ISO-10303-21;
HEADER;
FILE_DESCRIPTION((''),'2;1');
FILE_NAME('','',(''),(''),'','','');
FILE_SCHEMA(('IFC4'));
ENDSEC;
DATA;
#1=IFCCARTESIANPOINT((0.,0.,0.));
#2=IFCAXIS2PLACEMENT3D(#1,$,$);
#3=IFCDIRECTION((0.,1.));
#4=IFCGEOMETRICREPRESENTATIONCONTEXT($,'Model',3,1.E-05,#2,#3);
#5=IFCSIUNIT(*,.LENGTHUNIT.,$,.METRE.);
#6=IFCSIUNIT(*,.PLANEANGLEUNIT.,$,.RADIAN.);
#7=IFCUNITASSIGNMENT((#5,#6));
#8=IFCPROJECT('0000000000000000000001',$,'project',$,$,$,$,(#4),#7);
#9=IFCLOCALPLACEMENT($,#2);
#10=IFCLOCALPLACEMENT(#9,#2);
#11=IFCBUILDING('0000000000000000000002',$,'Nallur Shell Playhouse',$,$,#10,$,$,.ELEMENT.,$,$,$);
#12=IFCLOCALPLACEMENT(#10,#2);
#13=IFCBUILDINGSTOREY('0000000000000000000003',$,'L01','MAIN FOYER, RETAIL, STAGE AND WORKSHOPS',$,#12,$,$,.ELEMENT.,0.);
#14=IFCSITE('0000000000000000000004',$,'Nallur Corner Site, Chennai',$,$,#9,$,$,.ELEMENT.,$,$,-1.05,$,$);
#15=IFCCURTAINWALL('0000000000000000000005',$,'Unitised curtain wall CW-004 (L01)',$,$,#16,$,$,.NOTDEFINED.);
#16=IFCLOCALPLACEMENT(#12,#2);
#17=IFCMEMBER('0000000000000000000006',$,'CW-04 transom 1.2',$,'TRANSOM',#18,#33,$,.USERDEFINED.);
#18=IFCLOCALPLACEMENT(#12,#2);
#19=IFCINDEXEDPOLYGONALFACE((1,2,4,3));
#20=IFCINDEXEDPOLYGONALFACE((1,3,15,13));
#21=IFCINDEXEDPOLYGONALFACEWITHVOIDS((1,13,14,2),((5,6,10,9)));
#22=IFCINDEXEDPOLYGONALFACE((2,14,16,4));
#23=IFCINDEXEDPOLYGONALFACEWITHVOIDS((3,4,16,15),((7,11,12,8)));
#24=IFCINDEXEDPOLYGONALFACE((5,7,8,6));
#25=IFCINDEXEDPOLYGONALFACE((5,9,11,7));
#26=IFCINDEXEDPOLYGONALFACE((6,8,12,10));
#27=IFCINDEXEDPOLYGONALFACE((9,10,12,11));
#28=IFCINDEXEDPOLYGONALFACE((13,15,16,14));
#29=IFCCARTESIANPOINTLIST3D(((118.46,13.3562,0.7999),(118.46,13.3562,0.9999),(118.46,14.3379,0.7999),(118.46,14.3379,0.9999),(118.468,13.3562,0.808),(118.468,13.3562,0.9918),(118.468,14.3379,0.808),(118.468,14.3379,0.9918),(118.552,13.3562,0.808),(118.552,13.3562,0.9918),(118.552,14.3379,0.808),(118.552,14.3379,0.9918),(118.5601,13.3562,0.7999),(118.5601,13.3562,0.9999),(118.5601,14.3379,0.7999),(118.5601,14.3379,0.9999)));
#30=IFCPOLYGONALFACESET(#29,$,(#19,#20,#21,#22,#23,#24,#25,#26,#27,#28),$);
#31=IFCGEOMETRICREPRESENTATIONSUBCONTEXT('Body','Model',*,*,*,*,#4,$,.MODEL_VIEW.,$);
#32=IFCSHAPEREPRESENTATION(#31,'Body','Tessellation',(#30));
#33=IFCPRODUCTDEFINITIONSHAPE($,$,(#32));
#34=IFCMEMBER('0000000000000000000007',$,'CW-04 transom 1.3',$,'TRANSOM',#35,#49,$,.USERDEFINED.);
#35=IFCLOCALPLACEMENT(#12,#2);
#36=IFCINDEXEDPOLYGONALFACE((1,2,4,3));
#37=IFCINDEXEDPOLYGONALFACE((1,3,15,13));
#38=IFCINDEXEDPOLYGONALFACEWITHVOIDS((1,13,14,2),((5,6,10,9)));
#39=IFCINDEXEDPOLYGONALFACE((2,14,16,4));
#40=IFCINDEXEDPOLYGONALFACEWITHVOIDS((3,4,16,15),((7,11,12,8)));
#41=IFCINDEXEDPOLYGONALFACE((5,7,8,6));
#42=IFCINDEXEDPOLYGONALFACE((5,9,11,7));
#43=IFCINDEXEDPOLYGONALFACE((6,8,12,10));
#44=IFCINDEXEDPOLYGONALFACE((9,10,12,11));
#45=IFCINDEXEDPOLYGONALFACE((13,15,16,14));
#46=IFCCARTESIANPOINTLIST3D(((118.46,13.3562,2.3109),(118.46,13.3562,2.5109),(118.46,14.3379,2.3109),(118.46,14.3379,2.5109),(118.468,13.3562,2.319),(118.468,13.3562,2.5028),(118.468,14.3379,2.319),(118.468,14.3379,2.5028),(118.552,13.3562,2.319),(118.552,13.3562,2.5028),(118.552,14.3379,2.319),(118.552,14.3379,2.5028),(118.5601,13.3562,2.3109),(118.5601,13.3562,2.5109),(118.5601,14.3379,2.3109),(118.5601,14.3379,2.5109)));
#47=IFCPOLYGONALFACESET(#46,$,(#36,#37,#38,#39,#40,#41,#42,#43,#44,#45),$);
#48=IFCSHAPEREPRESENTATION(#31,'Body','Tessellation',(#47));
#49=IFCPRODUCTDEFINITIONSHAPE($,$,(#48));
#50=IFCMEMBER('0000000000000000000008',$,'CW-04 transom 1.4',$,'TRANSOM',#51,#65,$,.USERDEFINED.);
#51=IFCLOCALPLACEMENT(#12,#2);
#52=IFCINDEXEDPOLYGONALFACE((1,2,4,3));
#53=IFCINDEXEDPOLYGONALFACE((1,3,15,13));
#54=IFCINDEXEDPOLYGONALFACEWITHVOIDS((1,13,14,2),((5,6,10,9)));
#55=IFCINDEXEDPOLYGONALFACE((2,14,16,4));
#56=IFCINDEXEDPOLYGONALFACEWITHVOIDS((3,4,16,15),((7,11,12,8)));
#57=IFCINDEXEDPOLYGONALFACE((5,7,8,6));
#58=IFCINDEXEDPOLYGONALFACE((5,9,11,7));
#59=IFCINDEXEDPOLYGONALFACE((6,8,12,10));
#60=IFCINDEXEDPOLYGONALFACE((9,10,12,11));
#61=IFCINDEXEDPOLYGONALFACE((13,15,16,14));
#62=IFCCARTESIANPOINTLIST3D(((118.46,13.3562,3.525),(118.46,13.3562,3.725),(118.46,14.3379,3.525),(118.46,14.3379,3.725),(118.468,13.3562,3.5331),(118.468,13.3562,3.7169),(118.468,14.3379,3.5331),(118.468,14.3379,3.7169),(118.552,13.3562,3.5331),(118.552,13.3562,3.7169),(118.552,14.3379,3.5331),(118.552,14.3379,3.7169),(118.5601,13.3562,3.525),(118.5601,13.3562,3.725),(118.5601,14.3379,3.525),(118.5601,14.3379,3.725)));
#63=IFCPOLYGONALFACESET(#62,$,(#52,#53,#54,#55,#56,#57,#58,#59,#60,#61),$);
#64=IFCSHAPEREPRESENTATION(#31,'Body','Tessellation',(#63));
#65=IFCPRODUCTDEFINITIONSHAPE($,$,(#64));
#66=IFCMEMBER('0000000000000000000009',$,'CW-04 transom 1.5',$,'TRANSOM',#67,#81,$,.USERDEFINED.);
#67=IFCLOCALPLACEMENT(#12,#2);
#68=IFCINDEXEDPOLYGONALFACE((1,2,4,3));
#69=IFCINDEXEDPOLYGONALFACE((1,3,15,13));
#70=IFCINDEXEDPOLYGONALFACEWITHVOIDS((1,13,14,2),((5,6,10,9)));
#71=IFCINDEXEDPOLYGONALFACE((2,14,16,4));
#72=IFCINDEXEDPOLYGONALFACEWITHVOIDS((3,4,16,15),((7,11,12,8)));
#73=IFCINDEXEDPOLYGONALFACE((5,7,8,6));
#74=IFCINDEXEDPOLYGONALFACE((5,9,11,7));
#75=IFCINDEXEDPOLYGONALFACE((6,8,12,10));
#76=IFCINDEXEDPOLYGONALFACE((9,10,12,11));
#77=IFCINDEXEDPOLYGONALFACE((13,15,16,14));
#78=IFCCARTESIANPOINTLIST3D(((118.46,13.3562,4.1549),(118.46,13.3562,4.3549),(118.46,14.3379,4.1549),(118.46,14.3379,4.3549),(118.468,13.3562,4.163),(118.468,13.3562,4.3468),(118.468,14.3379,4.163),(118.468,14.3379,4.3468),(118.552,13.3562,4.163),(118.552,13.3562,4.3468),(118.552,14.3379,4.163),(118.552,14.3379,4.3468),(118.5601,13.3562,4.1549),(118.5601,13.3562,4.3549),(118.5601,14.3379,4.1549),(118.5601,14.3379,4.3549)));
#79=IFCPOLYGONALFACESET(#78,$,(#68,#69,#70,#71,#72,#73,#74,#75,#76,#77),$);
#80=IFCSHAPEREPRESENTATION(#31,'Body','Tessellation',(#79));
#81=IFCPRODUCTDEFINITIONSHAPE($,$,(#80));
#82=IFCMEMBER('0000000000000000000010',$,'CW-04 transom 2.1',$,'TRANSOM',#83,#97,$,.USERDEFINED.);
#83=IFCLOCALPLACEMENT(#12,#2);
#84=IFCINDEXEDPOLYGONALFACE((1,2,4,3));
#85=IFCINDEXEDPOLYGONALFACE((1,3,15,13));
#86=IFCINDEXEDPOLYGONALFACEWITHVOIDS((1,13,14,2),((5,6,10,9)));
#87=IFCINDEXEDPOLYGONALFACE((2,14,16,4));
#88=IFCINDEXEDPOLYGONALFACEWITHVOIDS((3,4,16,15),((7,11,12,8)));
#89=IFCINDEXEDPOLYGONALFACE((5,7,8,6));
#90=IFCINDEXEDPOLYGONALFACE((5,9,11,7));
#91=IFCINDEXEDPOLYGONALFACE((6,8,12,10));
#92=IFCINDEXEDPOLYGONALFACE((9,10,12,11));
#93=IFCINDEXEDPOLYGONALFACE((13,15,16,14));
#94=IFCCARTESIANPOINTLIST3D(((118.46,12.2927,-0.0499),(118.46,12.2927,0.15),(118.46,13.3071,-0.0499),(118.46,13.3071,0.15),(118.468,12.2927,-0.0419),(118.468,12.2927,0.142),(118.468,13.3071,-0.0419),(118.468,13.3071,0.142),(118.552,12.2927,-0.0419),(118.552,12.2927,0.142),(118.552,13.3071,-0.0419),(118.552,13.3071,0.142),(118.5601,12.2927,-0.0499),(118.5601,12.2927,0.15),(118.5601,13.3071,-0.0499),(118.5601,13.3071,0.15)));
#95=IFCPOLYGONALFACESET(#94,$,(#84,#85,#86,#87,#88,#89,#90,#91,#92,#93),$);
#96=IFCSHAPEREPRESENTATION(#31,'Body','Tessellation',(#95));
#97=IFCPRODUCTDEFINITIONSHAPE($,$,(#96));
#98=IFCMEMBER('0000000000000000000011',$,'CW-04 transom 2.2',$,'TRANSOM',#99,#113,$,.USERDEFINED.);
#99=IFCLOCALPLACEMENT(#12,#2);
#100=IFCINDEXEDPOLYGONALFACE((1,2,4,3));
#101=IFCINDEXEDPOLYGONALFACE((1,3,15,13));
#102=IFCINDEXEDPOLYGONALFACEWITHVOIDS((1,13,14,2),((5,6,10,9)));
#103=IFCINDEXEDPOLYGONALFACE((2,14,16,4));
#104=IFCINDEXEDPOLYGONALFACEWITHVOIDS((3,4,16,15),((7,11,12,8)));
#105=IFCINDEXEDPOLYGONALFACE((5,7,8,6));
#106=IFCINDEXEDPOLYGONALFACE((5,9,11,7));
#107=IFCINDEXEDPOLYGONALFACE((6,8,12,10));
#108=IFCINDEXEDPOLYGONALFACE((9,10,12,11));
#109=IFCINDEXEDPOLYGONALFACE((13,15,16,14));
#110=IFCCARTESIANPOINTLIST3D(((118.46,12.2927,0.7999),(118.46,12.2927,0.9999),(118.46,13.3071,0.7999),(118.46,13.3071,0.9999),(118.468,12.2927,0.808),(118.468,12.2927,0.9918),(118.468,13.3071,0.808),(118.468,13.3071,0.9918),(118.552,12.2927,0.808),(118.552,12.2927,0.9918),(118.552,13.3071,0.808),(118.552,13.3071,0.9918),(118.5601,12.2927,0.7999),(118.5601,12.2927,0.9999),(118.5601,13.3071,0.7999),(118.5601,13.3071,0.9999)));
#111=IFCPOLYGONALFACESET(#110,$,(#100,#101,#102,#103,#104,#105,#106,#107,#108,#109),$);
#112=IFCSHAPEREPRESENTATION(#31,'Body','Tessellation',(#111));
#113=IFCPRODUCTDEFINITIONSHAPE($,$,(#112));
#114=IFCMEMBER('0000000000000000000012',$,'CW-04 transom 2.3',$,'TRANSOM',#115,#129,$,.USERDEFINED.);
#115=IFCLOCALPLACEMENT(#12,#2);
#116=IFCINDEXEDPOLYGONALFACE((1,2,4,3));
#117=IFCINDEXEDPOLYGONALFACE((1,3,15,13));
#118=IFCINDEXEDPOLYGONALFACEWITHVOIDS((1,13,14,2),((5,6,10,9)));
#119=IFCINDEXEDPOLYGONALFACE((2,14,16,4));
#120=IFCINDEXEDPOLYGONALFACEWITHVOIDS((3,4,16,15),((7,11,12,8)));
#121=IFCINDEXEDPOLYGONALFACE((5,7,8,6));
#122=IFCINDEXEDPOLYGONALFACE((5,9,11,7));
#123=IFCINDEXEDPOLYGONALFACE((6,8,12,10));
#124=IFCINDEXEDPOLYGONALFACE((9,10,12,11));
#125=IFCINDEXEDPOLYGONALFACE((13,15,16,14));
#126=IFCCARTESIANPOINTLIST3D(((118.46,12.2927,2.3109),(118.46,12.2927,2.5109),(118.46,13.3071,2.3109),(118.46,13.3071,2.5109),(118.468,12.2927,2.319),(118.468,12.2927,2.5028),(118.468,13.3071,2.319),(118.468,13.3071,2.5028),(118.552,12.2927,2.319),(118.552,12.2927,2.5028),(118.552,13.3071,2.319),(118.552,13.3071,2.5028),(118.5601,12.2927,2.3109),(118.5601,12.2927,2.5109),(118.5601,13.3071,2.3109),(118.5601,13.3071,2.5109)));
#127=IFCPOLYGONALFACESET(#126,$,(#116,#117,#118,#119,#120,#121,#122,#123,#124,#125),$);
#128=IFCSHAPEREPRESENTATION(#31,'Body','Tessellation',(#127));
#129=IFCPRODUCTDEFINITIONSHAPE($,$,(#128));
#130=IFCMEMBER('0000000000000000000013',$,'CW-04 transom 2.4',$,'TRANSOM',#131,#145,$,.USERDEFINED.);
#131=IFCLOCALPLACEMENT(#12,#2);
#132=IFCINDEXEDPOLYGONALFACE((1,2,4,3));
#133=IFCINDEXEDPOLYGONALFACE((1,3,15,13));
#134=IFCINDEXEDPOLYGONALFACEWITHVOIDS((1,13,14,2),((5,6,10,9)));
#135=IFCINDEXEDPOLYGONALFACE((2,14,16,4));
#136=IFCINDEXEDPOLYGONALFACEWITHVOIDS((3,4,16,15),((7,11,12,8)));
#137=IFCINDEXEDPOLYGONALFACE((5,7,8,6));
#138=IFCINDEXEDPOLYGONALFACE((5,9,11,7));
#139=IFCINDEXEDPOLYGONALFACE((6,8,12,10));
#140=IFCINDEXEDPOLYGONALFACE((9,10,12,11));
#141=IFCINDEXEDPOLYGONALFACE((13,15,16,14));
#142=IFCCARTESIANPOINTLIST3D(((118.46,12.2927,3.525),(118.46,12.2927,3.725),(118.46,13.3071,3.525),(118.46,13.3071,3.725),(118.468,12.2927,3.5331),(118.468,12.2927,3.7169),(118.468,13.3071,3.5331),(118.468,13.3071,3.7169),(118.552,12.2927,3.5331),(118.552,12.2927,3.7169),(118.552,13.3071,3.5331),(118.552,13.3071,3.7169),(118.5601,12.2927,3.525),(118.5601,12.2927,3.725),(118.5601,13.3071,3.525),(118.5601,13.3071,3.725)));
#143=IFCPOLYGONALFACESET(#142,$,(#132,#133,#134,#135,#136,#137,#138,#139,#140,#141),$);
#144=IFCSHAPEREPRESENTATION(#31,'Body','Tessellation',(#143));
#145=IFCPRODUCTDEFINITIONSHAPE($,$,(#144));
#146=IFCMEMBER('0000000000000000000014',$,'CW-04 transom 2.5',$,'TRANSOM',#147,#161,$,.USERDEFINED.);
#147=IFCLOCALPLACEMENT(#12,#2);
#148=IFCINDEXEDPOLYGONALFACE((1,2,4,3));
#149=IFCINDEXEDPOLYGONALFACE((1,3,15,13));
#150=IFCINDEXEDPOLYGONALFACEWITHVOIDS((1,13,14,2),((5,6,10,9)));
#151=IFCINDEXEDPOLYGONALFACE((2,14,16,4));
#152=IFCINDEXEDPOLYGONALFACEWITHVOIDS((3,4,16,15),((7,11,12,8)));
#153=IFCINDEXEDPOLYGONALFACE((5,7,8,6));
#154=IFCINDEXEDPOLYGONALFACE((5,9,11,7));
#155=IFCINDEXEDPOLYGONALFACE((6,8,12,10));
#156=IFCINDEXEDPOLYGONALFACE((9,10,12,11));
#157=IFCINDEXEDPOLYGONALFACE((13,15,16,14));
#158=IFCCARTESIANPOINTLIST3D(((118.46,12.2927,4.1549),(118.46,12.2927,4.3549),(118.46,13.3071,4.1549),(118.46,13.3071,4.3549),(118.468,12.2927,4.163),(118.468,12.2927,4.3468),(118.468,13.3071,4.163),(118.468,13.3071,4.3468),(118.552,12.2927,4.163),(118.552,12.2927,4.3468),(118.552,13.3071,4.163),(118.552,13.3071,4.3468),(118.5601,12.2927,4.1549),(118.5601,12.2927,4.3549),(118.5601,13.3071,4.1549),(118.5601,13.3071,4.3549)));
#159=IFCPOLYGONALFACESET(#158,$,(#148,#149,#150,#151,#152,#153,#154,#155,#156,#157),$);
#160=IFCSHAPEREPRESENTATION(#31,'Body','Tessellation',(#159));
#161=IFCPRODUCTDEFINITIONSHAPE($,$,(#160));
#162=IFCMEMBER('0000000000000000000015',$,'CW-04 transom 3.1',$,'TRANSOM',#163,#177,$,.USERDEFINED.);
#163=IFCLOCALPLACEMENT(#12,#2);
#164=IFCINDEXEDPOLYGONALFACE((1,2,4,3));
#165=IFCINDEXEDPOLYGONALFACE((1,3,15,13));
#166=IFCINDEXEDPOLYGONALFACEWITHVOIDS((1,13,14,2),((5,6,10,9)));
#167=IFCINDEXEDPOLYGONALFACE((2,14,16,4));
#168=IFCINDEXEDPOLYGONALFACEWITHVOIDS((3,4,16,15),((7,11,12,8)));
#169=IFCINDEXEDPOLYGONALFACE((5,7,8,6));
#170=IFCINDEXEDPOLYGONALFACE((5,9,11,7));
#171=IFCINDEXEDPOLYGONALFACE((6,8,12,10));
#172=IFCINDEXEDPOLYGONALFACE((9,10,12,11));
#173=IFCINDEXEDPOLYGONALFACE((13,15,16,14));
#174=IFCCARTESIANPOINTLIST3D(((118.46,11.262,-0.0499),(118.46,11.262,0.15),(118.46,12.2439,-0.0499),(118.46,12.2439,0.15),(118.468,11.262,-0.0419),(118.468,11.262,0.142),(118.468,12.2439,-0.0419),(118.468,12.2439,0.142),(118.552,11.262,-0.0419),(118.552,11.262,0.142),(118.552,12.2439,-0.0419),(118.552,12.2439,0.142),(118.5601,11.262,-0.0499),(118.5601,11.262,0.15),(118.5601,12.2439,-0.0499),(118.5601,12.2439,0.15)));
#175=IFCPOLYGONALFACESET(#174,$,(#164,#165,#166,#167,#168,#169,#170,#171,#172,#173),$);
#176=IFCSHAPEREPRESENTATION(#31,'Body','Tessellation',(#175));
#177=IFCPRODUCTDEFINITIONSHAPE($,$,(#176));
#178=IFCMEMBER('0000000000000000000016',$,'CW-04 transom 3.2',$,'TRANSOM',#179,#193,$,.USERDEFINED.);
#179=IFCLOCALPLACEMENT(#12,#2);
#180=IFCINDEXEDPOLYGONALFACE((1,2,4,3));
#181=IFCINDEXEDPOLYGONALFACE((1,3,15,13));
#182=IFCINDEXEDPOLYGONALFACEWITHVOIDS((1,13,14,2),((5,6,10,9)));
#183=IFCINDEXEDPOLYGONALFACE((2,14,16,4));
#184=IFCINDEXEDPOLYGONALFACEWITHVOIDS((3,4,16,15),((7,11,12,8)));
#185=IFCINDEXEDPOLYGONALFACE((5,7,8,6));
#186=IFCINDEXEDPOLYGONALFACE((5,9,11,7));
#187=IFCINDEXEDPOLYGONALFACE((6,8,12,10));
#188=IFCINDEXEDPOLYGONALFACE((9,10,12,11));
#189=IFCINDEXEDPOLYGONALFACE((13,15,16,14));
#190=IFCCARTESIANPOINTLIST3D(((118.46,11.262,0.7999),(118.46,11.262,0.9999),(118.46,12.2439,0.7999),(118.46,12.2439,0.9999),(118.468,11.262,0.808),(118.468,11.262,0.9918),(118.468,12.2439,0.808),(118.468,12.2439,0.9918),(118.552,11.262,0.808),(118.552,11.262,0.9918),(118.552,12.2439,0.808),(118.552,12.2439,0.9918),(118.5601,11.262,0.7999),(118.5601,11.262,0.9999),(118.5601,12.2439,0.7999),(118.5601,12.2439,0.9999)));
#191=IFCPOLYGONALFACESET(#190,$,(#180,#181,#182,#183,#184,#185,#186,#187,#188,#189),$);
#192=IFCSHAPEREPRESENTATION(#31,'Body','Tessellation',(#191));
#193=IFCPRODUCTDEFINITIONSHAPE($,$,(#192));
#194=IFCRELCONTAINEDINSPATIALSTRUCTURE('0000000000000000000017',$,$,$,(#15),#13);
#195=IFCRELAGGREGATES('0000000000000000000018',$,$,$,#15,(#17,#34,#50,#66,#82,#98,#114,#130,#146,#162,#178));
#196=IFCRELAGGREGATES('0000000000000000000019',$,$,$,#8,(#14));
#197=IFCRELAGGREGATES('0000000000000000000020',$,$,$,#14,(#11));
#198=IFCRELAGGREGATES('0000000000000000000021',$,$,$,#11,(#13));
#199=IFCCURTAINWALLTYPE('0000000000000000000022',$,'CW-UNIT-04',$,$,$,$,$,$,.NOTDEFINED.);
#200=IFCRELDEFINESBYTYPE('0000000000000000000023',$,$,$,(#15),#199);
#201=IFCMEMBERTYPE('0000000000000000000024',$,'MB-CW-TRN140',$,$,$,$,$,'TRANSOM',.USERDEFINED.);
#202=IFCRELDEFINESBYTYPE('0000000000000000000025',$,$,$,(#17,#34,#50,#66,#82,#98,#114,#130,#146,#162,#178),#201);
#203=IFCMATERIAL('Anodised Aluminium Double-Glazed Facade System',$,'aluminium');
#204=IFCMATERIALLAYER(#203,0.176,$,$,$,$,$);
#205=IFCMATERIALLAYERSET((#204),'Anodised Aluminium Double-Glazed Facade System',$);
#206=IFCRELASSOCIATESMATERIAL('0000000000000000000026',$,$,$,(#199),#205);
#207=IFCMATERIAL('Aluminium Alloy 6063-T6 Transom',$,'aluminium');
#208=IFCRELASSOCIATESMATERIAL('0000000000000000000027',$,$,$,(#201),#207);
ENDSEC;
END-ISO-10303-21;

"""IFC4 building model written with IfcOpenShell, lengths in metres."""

from ifc_helpers import new_model, si_unit, direction, frame, origin, origin_2d, place, context, subcontext, project, spatial, hollow_rectangle, extrude, material, layer, layer_set, material_profile, profile_set, type_object, element, aggregate, save


model = new_model("IFC4")

# Units and contexts
model_context = context("Model", 3, precision=1e-05, world=origin(), true_north=direction((0.0, 1.0)))
body_context = subcontext(model_context, "Body", "Model", "MODEL_VIEW")
ifc_project = project(units=[si_unit("LENGTHUNIT", "METRE"), si_unit("PLANEANGLEUNIT", "RADIAN")], contexts=[model_context])

# Site, building, storey
site_placement = place(None, origin())
site = spatial("IfcSite", under=ifc_project, at=site_placement, Name="Nallur Corner Site, Chennai", CompositionType="ELEMENT", RefElevation=-1.05)
building_placement = place(site_placement, origin())
building = spatial("IfcBuilding", under=site, at=building_placement, Name="Nallur Shell Playhouse", CompositionType="ELEMENT")
storey_placement = place(building_placement, origin())
storey = spatial("IfcBuildingStorey", under=building, at=storey_placement, Name="L01", Description="MAIN FOYER, RETAIL, STAGE AND WORKSHOPS", CompositionType="ELEMENT", Elevation=0.0)

# Curtain wall
ifc_material_1 = material(Name="Anodised Aluminium Double-Glazed Facade System", Category="aluminium")
ifc_layer_1 = layer(ifc_material_1, 0.176)
ifc_layer_set_1 = layer_set([ifc_layer_1], Name="Anodised Aluminium Double-Glazed Facade System")
curtain_wall_type_1 = type_object("IfcCurtainWallType", Name="CW-UNIT-04", PredefinedType="NOTDEFINED", material=ifc_layer_set_1)
curtain_wall_1_placement = place(storey_placement, origin())
curtain_wall_1 = element("IfcCurtainWall", 1, at=curtain_wall_1_placement, inside=storey, type_object=curtain_wall_type_1, Name="Unitised curtain wall CW-004 (L01)", PredefinedType="NOTDEFINED")
ifc_material_2 = material(Name="Aluminium Alloy 6063-T6 Transom", Category="aluminium")

# Members
ifc_material_profile_1 = material_profile(ifc_material_2, hollow_rectangle(XDim=0.1001, YDim=0.2, WallThickness=0.0081, at=origin_2d()), Name="RHS 200x100x8")
ifc_profile_set_1 = profile_set([ifc_material_profile_1], Name="Aluminium Alloy 6063-T6 Transom")
member_type_1 = type_object("IfcMemberType", Name="MB-CW-TRN140", ElementType="TRANSOM", PredefinedType="USERDEFINED", material=ifc_profile_set_1)
member_1_placement = place(storey_placement, frame((118.51, 14.3379, 0.8999), z_axis=(0.0, -1.0, 0.0), x_axis=(1.0, 0.0, 0.0)))
member_1 = element("IfcMember", 2, at=member_1_placement, type_object=member_type_1, Name="CW-04 transom 1.2", ObjectType="TRANSOM", PredefinedType="USERDEFINED", context=body_context, shape_type="SweptSolid", body=[
    extrude(hollow_rectangle(XDim=0.1001, YDim=0.2, WallThickness=0.0081, at=origin_2d()), origin(), (0.0, 0.0, 1.0), 0.9817),
])
member_2_placement = place(storey_placement, frame((118.51, 14.3379, 2.4109), z_axis=(0.0, -1.0, 0.0), x_axis=(1.0, 0.0, 0.0)))
member_2 = element("IfcMember", 3, at=member_2_placement, type_object=member_type_1, Name="CW-04 transom 1.3", ObjectType="TRANSOM", PredefinedType="USERDEFINED", context=body_context, shape_type="SweptSolid", body=[
    extrude(hollow_rectangle(XDim=0.1001, YDim=0.2, WallThickness=0.0081, at=origin_2d()), origin(), (0.0, 0.0, 1.0), 0.9817),
])
member_3_placement = place(storey_placement, frame((118.51, 14.3379, 3.625), z_axis=(0.0, -1.0, 0.0), x_axis=(1.0, 0.0, 0.0)))
member_3 = element("IfcMember", 4, at=member_3_placement, type_object=member_type_1, Name="CW-04 transom 1.4", ObjectType="TRANSOM", PredefinedType="USERDEFINED", context=body_context, shape_type="SweptSolid", body=[
    extrude(hollow_rectangle(XDim=0.1001, YDim=0.2, WallThickness=0.0081, at=origin_2d()), origin(), (0.0, 0.0, 1.0), 0.9817),
])
member_4_placement = place(storey_placement, frame((118.51, 14.3379, 4.2549), z_axis=(0.0, -1.0, 0.0), x_axis=(1.0, 0.0, 0.0)))
member_4 = element("IfcMember", 5, at=member_4_placement, type_object=member_type_1, Name="CW-04 transom 1.5", ObjectType="TRANSOM", PredefinedType="USERDEFINED", context=body_context, shape_type="SweptSolid", body=[
    extrude(hollow_rectangle(XDim=0.1001, YDim=0.2, WallThickness=0.0081, at=origin_2d()), origin(), (0.0, 0.0, 1.0), 0.9817),
])
member_5_placement = place(storey_placement, frame((118.51, 13.3071, 0.05), z_axis=(0.0, -1.0, 0.0), x_axis=(1.0, 0.0, 0.0)))
member_5 = element("IfcMember", 6, at=member_5_placement, type_object=member_type_1, Name="CW-04 transom 2.1", ObjectType="TRANSOM", PredefinedType="USERDEFINED", context=body_context, shape_type="SweptSolid", body=[
    extrude(hollow_rectangle(XDim=0.1001, YDim=0.2, WallThickness=0.0081, at=origin_2d()), origin(), (0.0, 0.0, 1.0), 1.0144),
])
member_6_placement = place(storey_placement, frame((118.51, 13.3071, 0.8999), z_axis=(0.0, -1.0, 0.0), x_axis=(1.0, 0.0, 0.0)))
member_6 = element("IfcMember", 7, at=member_6_placement, type_object=member_type_1, Name="CW-04 transom 2.2", ObjectType="TRANSOM", PredefinedType="USERDEFINED", context=body_context, shape_type="SweptSolid", body=[
    extrude(hollow_rectangle(XDim=0.1001, YDim=0.2, WallThickness=0.0081, at=origin_2d()), origin(), (0.0, 0.0, 1.0), 1.0144),
])
member_7_placement = place(storey_placement, frame((118.51, 13.3071, 2.4109), z_axis=(0.0, -1.0, 0.0), x_axis=(1.0, 0.0, 0.0)))
member_7 = element("IfcMember", 8, at=member_7_placement, type_object=member_type_1, Name="CW-04 transom 2.3", ObjectType="TRANSOM", PredefinedType="USERDEFINED", context=body_context, shape_type="SweptSolid", body=[
    extrude(hollow_rectangle(XDim=0.1001, YDim=0.2, WallThickness=0.0081, at=origin_2d()), origin(), (0.0, 0.0, 1.0), 1.0144),
])
member_8_placement = place(storey_placement, frame((118.51, 13.3071, 3.625), z_axis=(0.0, -1.0, 0.0), x_axis=(1.0, 0.0, 0.0)))
member_8 = element("IfcMember", 9, at=member_8_placement, type_object=member_type_1, Name="CW-04 transom 2.4", ObjectType="TRANSOM", PredefinedType="USERDEFINED", context=body_context, shape_type="SweptSolid", body=[
    extrude(hollow_rectangle(XDim=0.1001, YDim=0.2, WallThickness=0.0081, at=origin_2d()), origin(), (0.0, 0.0, 1.0), 1.0144),
])
member_9_placement = place(storey_placement, frame((118.51, 13.3071, 4.2549), z_axis=(0.0, -1.0, 0.0), x_axis=(1.0, 0.0, 0.0)))
member_9 = element("IfcMember", 10, at=member_9_placement, type_object=member_type_1, Name="CW-04 transom 2.5", ObjectType="TRANSOM", PredefinedType="USERDEFINED", context=body_context, shape_type="SweptSolid", body=[
    extrude(hollow_rectangle(XDim=0.1001, YDim=0.2, WallThickness=0.0081, at=origin_2d()), origin(), (0.0, 0.0, 1.0), 1.0144),
])
member_10_placement = place(storey_placement, frame((118.51, 12.2439, 0.05), z_axis=(0.0, -1.0, 0.0), x_axis=(1.0, 0.0, 0.0)))
member_10 = element("IfcMember", 11, at=member_10_placement, type_object=member_type_1, Name="CW-04 transom 3.1", ObjectType="TRANSOM", PredefinedType="USERDEFINED", context=body_context, shape_type="SweptSolid", body=[
    extrude(hollow_rectangle(XDim=0.1001, YDim=0.2, WallThickness=0.0081, at=origin_2d()), origin(), (0.0, 0.0, 1.0), 0.9819),
])
member_11_placement = place(storey_placement, frame((118.51, 12.2439, 0.8999), z_axis=(0.0, -1.0, 0.0), x_axis=(1.0, 0.0, 0.0)))
member_11 = element("IfcMember", 12, at=member_11_placement, type_object=member_type_1, Name="CW-04 transom 3.2", ObjectType="TRANSOM", PredefinedType="USERDEFINED", context=body_context, shape_type="SweptSolid", body=[
    extrude(hollow_rectangle(XDim=0.1001, YDim=0.2, WallThickness=0.0081, at=origin_2d()), origin(), (0.0, 0.0, 1.0), 0.9819),
])

aggregate(curtain_wall_1, [member_1, member_2, member_3, member_4, member_5, member_6, member_7, member_8, member_9, member_10, member_11])

save(model, "model.ifc")
